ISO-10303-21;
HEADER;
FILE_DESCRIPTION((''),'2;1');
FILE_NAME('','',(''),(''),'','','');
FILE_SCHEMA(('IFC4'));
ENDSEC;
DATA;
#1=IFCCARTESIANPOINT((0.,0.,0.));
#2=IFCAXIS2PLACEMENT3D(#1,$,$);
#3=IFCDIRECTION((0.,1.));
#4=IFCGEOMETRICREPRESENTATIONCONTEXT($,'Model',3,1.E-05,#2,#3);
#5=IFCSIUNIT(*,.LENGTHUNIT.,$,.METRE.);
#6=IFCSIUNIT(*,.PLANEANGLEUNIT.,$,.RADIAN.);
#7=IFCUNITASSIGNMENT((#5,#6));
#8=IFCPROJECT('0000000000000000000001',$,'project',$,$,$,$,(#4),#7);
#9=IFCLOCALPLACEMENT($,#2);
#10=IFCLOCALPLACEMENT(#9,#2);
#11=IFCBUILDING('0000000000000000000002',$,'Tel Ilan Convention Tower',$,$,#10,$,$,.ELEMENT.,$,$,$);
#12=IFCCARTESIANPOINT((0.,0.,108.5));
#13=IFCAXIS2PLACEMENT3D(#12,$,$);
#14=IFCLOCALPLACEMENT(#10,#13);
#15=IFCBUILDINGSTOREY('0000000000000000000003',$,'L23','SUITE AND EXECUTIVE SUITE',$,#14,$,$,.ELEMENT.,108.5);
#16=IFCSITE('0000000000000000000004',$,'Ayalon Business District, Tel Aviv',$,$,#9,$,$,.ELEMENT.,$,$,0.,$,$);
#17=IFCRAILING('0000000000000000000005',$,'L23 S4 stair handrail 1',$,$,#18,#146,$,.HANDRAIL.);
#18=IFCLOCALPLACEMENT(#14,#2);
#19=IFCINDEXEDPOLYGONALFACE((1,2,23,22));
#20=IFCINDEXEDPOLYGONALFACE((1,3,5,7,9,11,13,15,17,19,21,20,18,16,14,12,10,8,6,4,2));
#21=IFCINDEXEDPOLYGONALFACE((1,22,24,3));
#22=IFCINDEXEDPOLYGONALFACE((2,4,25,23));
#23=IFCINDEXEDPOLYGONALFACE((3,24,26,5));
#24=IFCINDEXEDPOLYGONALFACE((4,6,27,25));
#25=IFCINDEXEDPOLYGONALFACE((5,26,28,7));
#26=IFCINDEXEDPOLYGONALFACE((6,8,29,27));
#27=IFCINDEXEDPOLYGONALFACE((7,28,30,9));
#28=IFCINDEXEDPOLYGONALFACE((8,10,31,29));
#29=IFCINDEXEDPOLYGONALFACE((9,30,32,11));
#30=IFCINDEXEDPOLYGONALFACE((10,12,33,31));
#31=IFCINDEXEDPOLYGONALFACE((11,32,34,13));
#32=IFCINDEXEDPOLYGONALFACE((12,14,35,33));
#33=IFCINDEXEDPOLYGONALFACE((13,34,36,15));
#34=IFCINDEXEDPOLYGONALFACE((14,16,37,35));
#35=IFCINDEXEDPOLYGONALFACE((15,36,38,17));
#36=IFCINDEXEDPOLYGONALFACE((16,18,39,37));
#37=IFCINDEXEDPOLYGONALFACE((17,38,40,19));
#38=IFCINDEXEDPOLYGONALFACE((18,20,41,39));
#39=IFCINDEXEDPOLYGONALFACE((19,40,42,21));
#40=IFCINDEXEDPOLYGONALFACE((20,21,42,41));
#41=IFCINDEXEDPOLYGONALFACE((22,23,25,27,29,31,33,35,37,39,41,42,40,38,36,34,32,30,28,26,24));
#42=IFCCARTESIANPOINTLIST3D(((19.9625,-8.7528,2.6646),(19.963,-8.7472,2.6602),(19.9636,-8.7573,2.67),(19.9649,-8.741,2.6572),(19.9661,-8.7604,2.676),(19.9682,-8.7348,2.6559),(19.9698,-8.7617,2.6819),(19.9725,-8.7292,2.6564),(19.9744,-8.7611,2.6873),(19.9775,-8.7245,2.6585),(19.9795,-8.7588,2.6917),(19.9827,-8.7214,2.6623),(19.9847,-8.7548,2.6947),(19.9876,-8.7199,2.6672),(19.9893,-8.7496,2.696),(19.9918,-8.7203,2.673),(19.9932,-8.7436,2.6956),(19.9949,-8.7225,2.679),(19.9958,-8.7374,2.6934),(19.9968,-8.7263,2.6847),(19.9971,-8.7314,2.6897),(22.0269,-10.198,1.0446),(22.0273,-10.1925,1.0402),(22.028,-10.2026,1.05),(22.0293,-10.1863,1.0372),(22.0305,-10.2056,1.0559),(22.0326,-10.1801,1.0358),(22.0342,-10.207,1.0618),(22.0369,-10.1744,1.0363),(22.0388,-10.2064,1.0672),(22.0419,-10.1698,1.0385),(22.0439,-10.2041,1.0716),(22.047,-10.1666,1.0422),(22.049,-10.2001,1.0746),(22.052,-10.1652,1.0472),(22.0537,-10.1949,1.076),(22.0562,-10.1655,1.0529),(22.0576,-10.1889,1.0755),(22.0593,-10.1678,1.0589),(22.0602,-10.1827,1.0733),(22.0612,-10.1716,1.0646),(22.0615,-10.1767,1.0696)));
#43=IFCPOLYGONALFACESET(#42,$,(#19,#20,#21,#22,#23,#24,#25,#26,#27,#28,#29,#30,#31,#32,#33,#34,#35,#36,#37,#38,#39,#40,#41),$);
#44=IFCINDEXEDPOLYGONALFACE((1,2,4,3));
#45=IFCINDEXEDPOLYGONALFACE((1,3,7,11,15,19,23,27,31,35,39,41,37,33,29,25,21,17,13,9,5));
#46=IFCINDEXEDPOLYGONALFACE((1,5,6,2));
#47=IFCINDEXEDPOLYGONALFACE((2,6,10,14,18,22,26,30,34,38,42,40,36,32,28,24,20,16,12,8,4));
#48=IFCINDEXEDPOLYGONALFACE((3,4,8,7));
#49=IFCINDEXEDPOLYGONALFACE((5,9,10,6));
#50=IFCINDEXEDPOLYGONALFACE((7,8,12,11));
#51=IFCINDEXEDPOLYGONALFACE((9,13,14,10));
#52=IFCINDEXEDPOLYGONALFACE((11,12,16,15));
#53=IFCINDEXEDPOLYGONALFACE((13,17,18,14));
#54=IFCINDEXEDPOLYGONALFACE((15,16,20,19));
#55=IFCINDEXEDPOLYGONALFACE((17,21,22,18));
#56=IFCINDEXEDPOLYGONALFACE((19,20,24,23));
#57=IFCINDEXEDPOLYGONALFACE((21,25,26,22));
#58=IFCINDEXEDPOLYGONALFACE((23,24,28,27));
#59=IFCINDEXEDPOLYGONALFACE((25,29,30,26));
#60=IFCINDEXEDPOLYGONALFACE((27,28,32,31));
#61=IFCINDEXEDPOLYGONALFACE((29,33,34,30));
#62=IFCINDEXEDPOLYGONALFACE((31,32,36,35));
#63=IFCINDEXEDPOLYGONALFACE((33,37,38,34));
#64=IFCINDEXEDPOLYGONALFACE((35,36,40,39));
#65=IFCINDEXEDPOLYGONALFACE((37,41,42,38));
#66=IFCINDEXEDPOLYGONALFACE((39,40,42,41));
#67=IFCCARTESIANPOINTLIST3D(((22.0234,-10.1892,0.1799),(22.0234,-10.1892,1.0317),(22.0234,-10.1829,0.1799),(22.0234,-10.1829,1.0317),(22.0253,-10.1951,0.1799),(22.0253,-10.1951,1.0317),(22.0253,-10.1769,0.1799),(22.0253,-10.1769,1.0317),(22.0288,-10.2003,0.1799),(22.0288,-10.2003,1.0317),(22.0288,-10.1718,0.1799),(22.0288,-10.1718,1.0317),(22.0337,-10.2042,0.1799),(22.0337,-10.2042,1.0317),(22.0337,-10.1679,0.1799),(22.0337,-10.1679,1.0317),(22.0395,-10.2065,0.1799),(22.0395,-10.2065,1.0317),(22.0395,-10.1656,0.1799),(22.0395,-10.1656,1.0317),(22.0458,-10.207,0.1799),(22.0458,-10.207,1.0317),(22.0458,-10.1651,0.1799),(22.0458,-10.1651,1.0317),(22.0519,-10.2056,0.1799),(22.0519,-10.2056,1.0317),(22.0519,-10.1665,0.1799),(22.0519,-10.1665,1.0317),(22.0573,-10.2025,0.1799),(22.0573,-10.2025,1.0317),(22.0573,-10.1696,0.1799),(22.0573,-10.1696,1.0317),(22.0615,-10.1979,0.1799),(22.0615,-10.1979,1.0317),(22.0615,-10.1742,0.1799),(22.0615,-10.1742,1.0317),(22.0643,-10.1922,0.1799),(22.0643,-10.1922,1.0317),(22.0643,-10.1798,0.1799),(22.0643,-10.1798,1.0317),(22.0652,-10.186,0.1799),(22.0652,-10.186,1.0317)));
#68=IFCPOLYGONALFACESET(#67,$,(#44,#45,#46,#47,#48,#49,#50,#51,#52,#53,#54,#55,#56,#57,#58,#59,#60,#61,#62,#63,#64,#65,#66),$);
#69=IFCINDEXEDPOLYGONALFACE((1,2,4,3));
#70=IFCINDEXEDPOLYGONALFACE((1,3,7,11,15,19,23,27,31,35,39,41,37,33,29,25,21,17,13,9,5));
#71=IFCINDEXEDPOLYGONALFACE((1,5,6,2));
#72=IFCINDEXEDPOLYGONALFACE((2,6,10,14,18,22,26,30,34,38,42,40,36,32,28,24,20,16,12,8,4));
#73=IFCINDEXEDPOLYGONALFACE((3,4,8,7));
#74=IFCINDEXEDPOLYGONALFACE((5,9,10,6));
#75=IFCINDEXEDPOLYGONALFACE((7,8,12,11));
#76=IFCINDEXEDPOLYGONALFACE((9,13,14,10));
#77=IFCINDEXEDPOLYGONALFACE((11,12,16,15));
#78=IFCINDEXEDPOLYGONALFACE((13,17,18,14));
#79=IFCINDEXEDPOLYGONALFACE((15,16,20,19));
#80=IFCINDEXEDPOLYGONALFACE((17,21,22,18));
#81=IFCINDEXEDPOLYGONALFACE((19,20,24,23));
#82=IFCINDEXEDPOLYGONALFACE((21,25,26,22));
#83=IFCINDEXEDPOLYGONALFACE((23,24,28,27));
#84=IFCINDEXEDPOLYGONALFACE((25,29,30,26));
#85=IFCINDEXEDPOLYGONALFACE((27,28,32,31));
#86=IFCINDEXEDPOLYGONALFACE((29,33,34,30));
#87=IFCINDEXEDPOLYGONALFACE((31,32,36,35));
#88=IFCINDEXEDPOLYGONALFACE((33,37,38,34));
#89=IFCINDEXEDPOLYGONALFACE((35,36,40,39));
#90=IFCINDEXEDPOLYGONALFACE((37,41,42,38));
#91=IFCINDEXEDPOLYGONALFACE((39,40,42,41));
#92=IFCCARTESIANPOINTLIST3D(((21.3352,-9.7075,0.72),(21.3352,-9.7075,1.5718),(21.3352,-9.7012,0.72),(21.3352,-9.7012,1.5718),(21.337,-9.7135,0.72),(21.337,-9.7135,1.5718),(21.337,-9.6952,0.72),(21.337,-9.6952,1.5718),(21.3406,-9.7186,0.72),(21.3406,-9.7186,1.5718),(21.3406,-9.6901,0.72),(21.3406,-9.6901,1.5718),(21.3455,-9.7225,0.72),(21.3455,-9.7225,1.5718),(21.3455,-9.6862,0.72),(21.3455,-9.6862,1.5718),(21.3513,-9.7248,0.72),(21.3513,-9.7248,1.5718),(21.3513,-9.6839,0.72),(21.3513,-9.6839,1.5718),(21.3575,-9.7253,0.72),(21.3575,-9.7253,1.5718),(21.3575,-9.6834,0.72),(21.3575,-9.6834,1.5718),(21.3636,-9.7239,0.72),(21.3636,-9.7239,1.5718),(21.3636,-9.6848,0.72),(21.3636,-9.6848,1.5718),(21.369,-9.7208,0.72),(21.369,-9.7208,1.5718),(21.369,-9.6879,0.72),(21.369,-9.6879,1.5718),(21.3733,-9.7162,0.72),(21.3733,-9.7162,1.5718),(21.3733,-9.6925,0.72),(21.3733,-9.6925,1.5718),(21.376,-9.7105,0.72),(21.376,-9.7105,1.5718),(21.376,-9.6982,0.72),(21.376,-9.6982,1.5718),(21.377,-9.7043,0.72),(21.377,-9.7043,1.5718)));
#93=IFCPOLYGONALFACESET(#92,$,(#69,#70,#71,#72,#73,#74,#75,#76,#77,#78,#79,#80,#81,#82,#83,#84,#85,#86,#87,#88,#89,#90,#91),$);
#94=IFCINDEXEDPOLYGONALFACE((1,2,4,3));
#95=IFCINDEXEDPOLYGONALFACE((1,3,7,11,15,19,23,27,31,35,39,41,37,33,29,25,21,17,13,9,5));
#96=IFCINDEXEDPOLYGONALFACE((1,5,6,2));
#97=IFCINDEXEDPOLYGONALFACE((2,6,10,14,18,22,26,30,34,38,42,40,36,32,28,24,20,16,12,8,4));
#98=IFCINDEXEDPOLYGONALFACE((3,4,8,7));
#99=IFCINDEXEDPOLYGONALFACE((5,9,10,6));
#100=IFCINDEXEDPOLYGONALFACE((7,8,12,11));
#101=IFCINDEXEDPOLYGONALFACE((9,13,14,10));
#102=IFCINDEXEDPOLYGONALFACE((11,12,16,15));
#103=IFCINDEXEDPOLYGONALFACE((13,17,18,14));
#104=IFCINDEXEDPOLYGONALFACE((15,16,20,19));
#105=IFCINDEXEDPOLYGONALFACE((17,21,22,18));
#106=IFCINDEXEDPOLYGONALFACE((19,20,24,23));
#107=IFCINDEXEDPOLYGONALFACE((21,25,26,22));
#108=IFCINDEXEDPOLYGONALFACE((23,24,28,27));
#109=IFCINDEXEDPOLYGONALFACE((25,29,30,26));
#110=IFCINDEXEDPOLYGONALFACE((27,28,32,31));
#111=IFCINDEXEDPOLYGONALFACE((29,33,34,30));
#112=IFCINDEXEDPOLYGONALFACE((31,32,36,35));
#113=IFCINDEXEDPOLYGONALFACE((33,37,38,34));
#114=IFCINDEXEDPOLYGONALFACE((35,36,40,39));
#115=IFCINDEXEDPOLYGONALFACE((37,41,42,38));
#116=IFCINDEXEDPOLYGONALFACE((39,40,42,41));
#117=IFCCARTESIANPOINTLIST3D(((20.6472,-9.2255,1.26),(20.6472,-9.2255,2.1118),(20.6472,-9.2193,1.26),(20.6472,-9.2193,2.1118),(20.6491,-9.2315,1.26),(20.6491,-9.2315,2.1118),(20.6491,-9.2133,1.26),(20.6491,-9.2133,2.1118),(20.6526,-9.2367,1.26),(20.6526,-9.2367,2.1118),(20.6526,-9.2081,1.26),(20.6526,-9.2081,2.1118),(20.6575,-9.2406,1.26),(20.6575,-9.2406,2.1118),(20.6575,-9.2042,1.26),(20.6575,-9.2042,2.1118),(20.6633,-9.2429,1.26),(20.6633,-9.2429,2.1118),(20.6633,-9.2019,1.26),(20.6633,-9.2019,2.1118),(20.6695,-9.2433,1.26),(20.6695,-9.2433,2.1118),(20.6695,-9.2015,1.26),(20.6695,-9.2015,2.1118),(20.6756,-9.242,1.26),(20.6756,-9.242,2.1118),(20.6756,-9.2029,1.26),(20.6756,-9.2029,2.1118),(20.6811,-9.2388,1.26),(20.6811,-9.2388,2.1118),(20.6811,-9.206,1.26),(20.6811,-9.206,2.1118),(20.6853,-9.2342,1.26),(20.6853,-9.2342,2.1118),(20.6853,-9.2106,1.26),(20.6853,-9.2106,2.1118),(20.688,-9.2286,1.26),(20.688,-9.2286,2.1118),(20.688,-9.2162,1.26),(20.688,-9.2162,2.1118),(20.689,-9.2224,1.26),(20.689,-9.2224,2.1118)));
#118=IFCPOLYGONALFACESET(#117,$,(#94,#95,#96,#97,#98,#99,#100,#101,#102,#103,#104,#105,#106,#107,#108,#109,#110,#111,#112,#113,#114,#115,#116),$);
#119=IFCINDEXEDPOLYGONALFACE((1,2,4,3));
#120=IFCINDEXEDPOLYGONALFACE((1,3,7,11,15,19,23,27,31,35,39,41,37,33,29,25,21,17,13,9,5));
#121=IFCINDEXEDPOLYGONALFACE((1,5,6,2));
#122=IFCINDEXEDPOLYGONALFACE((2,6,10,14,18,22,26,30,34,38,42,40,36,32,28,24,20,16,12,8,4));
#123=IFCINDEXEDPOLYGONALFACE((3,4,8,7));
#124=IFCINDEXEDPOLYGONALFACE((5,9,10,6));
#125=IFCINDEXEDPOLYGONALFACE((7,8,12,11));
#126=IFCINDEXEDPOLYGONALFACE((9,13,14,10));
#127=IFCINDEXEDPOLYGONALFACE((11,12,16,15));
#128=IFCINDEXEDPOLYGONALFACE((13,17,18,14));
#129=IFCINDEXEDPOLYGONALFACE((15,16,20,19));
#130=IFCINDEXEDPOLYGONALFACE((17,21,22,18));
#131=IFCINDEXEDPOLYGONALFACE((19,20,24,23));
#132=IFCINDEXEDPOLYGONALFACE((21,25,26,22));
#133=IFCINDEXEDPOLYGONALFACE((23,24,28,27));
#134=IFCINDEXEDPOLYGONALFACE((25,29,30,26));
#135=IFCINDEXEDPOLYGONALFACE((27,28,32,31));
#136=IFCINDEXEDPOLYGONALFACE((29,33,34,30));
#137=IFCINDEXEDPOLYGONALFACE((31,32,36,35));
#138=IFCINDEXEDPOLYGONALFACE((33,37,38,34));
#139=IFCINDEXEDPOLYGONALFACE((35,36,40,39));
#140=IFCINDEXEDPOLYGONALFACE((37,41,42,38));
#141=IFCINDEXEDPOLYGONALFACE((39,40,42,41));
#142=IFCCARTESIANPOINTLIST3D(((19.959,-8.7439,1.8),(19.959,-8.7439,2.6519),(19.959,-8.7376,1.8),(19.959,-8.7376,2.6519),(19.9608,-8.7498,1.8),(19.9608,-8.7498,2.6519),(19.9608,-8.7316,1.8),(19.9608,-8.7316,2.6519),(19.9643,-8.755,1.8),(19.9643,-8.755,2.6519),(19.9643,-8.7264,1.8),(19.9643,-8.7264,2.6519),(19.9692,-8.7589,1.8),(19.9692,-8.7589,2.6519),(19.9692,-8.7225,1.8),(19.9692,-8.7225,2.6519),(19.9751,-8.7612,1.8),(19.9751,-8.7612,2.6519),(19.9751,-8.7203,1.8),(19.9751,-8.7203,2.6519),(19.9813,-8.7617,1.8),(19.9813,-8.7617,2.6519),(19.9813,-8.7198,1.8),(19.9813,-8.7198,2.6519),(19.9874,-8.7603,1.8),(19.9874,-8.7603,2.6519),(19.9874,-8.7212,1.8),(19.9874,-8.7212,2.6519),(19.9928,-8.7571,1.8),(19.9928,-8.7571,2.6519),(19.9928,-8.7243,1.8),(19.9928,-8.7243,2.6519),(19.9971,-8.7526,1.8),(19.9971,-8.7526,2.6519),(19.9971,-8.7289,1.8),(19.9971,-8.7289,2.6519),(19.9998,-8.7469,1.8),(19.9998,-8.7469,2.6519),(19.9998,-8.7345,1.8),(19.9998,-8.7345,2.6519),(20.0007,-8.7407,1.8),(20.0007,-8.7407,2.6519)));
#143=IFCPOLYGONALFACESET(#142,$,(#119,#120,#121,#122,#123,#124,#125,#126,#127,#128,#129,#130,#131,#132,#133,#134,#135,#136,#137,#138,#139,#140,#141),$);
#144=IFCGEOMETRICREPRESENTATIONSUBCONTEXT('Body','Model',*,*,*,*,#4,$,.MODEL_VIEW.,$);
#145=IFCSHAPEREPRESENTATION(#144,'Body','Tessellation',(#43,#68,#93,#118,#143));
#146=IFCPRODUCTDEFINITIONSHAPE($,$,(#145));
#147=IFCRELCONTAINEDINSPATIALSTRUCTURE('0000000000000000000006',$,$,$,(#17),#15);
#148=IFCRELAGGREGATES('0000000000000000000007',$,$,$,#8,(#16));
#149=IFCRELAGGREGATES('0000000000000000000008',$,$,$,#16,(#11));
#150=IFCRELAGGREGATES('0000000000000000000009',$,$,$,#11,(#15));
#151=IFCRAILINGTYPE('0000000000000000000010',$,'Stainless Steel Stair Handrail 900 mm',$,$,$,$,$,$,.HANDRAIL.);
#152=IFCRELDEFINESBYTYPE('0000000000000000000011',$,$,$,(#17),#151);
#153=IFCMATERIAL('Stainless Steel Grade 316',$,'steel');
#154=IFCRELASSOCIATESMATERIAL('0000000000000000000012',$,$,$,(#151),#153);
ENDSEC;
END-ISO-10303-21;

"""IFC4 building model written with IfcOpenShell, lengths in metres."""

from ifc_helpers import new_model, si_unit, direction, frame, origin, origin_2d, place, context, subcontext, project, spatial, circle, extrude, material, type_object, element, save


model = new_model("IFC4")

# Units and contexts
model_context = context("Model", 3, precision=1e-05, world=origin(), true_north=direction((0.0, 1.0)))
body_context = subcontext(model_context, "Body", "Model", "MODEL_VIEW")
ifc_project = project(units=[si_unit("LENGTHUNIT", "METRE"), si_unit("PLANEANGLEUNIT", "RADIAN")], contexts=[model_context])

# Site, building, storey
site_placement = place(None, origin())
site = spatial("IfcSite", under=ifc_project, at=site_placement, Name="Ayalon Business District, Tel Aviv", CompositionType="ELEMENT", RefElevation=0.0)
building_placement = place(site_placement, origin())
building = spatial("IfcBuilding", under=site, at=building_placement, Name="Tel Ilan Convention Tower", CompositionType="ELEMENT")
storey_placement = place(building_placement, frame((0.0, 0.0, 108.5)))
storey = spatial("IfcBuildingStorey", under=building, at=storey_placement, Name="L23", Description="SUITE AND EXECUTIVE SUITE", CompositionType="ELEMENT", Elevation=108.5)

# Railing
ifc_material_1 = material(Name="Stainless Steel Grade 316", Category="steel")
railing_type_1 = type_object("IfcRailingType", Name="Stainless Steel Stair Handrail 900 mm", PredefinedType="HANDRAIL", material=ifc_material_1)
railing_1_placement = place(storey_placement, frame((22.0442, -10.186, 0.1799)))
element("IfcRailing", 1, at=railing_1_placement, inside=storey, type_object=railing_type_1, Name="L23 S4 stair handrail 1", PredefinedType="HANDRAIL", context=body_context, shape_type="SweptSolid", body=[
    extrude(circle(Radius=0.0239, at=origin_2d()), frame((0.0, 0.0, 0.876), z_axis=(-0.689083, 0.482423, 0.54077), x_axis=(-0.573514, -0.819196, 0.0)), (0.0, 0.0, 1.0), 2.9958),
    extrude(circle(Radius=0.021, at=origin_2d()), origin(), (0.0, 0.0, 1.0), 0.8518),
    extrude(circle(Radius=0.021, at=origin_2d()), frame((-0.6882, 0.4817, 0.54)), (0.0, 0.0, 1.0), 0.8518),
    extrude(circle(Radius=0.021, at=origin_2d()), frame((-1.3762, 0.9636, 1.0801)), (0.0, 0.0, 1.0), 0.8518),
    extrude(circle(Radius=0.021, at=origin_2d()), frame((-2.0645, 1.4453, 1.6201)), (0.0, 0.0, 1.0), 0.8518),
])

save(model, "model.ifc")
